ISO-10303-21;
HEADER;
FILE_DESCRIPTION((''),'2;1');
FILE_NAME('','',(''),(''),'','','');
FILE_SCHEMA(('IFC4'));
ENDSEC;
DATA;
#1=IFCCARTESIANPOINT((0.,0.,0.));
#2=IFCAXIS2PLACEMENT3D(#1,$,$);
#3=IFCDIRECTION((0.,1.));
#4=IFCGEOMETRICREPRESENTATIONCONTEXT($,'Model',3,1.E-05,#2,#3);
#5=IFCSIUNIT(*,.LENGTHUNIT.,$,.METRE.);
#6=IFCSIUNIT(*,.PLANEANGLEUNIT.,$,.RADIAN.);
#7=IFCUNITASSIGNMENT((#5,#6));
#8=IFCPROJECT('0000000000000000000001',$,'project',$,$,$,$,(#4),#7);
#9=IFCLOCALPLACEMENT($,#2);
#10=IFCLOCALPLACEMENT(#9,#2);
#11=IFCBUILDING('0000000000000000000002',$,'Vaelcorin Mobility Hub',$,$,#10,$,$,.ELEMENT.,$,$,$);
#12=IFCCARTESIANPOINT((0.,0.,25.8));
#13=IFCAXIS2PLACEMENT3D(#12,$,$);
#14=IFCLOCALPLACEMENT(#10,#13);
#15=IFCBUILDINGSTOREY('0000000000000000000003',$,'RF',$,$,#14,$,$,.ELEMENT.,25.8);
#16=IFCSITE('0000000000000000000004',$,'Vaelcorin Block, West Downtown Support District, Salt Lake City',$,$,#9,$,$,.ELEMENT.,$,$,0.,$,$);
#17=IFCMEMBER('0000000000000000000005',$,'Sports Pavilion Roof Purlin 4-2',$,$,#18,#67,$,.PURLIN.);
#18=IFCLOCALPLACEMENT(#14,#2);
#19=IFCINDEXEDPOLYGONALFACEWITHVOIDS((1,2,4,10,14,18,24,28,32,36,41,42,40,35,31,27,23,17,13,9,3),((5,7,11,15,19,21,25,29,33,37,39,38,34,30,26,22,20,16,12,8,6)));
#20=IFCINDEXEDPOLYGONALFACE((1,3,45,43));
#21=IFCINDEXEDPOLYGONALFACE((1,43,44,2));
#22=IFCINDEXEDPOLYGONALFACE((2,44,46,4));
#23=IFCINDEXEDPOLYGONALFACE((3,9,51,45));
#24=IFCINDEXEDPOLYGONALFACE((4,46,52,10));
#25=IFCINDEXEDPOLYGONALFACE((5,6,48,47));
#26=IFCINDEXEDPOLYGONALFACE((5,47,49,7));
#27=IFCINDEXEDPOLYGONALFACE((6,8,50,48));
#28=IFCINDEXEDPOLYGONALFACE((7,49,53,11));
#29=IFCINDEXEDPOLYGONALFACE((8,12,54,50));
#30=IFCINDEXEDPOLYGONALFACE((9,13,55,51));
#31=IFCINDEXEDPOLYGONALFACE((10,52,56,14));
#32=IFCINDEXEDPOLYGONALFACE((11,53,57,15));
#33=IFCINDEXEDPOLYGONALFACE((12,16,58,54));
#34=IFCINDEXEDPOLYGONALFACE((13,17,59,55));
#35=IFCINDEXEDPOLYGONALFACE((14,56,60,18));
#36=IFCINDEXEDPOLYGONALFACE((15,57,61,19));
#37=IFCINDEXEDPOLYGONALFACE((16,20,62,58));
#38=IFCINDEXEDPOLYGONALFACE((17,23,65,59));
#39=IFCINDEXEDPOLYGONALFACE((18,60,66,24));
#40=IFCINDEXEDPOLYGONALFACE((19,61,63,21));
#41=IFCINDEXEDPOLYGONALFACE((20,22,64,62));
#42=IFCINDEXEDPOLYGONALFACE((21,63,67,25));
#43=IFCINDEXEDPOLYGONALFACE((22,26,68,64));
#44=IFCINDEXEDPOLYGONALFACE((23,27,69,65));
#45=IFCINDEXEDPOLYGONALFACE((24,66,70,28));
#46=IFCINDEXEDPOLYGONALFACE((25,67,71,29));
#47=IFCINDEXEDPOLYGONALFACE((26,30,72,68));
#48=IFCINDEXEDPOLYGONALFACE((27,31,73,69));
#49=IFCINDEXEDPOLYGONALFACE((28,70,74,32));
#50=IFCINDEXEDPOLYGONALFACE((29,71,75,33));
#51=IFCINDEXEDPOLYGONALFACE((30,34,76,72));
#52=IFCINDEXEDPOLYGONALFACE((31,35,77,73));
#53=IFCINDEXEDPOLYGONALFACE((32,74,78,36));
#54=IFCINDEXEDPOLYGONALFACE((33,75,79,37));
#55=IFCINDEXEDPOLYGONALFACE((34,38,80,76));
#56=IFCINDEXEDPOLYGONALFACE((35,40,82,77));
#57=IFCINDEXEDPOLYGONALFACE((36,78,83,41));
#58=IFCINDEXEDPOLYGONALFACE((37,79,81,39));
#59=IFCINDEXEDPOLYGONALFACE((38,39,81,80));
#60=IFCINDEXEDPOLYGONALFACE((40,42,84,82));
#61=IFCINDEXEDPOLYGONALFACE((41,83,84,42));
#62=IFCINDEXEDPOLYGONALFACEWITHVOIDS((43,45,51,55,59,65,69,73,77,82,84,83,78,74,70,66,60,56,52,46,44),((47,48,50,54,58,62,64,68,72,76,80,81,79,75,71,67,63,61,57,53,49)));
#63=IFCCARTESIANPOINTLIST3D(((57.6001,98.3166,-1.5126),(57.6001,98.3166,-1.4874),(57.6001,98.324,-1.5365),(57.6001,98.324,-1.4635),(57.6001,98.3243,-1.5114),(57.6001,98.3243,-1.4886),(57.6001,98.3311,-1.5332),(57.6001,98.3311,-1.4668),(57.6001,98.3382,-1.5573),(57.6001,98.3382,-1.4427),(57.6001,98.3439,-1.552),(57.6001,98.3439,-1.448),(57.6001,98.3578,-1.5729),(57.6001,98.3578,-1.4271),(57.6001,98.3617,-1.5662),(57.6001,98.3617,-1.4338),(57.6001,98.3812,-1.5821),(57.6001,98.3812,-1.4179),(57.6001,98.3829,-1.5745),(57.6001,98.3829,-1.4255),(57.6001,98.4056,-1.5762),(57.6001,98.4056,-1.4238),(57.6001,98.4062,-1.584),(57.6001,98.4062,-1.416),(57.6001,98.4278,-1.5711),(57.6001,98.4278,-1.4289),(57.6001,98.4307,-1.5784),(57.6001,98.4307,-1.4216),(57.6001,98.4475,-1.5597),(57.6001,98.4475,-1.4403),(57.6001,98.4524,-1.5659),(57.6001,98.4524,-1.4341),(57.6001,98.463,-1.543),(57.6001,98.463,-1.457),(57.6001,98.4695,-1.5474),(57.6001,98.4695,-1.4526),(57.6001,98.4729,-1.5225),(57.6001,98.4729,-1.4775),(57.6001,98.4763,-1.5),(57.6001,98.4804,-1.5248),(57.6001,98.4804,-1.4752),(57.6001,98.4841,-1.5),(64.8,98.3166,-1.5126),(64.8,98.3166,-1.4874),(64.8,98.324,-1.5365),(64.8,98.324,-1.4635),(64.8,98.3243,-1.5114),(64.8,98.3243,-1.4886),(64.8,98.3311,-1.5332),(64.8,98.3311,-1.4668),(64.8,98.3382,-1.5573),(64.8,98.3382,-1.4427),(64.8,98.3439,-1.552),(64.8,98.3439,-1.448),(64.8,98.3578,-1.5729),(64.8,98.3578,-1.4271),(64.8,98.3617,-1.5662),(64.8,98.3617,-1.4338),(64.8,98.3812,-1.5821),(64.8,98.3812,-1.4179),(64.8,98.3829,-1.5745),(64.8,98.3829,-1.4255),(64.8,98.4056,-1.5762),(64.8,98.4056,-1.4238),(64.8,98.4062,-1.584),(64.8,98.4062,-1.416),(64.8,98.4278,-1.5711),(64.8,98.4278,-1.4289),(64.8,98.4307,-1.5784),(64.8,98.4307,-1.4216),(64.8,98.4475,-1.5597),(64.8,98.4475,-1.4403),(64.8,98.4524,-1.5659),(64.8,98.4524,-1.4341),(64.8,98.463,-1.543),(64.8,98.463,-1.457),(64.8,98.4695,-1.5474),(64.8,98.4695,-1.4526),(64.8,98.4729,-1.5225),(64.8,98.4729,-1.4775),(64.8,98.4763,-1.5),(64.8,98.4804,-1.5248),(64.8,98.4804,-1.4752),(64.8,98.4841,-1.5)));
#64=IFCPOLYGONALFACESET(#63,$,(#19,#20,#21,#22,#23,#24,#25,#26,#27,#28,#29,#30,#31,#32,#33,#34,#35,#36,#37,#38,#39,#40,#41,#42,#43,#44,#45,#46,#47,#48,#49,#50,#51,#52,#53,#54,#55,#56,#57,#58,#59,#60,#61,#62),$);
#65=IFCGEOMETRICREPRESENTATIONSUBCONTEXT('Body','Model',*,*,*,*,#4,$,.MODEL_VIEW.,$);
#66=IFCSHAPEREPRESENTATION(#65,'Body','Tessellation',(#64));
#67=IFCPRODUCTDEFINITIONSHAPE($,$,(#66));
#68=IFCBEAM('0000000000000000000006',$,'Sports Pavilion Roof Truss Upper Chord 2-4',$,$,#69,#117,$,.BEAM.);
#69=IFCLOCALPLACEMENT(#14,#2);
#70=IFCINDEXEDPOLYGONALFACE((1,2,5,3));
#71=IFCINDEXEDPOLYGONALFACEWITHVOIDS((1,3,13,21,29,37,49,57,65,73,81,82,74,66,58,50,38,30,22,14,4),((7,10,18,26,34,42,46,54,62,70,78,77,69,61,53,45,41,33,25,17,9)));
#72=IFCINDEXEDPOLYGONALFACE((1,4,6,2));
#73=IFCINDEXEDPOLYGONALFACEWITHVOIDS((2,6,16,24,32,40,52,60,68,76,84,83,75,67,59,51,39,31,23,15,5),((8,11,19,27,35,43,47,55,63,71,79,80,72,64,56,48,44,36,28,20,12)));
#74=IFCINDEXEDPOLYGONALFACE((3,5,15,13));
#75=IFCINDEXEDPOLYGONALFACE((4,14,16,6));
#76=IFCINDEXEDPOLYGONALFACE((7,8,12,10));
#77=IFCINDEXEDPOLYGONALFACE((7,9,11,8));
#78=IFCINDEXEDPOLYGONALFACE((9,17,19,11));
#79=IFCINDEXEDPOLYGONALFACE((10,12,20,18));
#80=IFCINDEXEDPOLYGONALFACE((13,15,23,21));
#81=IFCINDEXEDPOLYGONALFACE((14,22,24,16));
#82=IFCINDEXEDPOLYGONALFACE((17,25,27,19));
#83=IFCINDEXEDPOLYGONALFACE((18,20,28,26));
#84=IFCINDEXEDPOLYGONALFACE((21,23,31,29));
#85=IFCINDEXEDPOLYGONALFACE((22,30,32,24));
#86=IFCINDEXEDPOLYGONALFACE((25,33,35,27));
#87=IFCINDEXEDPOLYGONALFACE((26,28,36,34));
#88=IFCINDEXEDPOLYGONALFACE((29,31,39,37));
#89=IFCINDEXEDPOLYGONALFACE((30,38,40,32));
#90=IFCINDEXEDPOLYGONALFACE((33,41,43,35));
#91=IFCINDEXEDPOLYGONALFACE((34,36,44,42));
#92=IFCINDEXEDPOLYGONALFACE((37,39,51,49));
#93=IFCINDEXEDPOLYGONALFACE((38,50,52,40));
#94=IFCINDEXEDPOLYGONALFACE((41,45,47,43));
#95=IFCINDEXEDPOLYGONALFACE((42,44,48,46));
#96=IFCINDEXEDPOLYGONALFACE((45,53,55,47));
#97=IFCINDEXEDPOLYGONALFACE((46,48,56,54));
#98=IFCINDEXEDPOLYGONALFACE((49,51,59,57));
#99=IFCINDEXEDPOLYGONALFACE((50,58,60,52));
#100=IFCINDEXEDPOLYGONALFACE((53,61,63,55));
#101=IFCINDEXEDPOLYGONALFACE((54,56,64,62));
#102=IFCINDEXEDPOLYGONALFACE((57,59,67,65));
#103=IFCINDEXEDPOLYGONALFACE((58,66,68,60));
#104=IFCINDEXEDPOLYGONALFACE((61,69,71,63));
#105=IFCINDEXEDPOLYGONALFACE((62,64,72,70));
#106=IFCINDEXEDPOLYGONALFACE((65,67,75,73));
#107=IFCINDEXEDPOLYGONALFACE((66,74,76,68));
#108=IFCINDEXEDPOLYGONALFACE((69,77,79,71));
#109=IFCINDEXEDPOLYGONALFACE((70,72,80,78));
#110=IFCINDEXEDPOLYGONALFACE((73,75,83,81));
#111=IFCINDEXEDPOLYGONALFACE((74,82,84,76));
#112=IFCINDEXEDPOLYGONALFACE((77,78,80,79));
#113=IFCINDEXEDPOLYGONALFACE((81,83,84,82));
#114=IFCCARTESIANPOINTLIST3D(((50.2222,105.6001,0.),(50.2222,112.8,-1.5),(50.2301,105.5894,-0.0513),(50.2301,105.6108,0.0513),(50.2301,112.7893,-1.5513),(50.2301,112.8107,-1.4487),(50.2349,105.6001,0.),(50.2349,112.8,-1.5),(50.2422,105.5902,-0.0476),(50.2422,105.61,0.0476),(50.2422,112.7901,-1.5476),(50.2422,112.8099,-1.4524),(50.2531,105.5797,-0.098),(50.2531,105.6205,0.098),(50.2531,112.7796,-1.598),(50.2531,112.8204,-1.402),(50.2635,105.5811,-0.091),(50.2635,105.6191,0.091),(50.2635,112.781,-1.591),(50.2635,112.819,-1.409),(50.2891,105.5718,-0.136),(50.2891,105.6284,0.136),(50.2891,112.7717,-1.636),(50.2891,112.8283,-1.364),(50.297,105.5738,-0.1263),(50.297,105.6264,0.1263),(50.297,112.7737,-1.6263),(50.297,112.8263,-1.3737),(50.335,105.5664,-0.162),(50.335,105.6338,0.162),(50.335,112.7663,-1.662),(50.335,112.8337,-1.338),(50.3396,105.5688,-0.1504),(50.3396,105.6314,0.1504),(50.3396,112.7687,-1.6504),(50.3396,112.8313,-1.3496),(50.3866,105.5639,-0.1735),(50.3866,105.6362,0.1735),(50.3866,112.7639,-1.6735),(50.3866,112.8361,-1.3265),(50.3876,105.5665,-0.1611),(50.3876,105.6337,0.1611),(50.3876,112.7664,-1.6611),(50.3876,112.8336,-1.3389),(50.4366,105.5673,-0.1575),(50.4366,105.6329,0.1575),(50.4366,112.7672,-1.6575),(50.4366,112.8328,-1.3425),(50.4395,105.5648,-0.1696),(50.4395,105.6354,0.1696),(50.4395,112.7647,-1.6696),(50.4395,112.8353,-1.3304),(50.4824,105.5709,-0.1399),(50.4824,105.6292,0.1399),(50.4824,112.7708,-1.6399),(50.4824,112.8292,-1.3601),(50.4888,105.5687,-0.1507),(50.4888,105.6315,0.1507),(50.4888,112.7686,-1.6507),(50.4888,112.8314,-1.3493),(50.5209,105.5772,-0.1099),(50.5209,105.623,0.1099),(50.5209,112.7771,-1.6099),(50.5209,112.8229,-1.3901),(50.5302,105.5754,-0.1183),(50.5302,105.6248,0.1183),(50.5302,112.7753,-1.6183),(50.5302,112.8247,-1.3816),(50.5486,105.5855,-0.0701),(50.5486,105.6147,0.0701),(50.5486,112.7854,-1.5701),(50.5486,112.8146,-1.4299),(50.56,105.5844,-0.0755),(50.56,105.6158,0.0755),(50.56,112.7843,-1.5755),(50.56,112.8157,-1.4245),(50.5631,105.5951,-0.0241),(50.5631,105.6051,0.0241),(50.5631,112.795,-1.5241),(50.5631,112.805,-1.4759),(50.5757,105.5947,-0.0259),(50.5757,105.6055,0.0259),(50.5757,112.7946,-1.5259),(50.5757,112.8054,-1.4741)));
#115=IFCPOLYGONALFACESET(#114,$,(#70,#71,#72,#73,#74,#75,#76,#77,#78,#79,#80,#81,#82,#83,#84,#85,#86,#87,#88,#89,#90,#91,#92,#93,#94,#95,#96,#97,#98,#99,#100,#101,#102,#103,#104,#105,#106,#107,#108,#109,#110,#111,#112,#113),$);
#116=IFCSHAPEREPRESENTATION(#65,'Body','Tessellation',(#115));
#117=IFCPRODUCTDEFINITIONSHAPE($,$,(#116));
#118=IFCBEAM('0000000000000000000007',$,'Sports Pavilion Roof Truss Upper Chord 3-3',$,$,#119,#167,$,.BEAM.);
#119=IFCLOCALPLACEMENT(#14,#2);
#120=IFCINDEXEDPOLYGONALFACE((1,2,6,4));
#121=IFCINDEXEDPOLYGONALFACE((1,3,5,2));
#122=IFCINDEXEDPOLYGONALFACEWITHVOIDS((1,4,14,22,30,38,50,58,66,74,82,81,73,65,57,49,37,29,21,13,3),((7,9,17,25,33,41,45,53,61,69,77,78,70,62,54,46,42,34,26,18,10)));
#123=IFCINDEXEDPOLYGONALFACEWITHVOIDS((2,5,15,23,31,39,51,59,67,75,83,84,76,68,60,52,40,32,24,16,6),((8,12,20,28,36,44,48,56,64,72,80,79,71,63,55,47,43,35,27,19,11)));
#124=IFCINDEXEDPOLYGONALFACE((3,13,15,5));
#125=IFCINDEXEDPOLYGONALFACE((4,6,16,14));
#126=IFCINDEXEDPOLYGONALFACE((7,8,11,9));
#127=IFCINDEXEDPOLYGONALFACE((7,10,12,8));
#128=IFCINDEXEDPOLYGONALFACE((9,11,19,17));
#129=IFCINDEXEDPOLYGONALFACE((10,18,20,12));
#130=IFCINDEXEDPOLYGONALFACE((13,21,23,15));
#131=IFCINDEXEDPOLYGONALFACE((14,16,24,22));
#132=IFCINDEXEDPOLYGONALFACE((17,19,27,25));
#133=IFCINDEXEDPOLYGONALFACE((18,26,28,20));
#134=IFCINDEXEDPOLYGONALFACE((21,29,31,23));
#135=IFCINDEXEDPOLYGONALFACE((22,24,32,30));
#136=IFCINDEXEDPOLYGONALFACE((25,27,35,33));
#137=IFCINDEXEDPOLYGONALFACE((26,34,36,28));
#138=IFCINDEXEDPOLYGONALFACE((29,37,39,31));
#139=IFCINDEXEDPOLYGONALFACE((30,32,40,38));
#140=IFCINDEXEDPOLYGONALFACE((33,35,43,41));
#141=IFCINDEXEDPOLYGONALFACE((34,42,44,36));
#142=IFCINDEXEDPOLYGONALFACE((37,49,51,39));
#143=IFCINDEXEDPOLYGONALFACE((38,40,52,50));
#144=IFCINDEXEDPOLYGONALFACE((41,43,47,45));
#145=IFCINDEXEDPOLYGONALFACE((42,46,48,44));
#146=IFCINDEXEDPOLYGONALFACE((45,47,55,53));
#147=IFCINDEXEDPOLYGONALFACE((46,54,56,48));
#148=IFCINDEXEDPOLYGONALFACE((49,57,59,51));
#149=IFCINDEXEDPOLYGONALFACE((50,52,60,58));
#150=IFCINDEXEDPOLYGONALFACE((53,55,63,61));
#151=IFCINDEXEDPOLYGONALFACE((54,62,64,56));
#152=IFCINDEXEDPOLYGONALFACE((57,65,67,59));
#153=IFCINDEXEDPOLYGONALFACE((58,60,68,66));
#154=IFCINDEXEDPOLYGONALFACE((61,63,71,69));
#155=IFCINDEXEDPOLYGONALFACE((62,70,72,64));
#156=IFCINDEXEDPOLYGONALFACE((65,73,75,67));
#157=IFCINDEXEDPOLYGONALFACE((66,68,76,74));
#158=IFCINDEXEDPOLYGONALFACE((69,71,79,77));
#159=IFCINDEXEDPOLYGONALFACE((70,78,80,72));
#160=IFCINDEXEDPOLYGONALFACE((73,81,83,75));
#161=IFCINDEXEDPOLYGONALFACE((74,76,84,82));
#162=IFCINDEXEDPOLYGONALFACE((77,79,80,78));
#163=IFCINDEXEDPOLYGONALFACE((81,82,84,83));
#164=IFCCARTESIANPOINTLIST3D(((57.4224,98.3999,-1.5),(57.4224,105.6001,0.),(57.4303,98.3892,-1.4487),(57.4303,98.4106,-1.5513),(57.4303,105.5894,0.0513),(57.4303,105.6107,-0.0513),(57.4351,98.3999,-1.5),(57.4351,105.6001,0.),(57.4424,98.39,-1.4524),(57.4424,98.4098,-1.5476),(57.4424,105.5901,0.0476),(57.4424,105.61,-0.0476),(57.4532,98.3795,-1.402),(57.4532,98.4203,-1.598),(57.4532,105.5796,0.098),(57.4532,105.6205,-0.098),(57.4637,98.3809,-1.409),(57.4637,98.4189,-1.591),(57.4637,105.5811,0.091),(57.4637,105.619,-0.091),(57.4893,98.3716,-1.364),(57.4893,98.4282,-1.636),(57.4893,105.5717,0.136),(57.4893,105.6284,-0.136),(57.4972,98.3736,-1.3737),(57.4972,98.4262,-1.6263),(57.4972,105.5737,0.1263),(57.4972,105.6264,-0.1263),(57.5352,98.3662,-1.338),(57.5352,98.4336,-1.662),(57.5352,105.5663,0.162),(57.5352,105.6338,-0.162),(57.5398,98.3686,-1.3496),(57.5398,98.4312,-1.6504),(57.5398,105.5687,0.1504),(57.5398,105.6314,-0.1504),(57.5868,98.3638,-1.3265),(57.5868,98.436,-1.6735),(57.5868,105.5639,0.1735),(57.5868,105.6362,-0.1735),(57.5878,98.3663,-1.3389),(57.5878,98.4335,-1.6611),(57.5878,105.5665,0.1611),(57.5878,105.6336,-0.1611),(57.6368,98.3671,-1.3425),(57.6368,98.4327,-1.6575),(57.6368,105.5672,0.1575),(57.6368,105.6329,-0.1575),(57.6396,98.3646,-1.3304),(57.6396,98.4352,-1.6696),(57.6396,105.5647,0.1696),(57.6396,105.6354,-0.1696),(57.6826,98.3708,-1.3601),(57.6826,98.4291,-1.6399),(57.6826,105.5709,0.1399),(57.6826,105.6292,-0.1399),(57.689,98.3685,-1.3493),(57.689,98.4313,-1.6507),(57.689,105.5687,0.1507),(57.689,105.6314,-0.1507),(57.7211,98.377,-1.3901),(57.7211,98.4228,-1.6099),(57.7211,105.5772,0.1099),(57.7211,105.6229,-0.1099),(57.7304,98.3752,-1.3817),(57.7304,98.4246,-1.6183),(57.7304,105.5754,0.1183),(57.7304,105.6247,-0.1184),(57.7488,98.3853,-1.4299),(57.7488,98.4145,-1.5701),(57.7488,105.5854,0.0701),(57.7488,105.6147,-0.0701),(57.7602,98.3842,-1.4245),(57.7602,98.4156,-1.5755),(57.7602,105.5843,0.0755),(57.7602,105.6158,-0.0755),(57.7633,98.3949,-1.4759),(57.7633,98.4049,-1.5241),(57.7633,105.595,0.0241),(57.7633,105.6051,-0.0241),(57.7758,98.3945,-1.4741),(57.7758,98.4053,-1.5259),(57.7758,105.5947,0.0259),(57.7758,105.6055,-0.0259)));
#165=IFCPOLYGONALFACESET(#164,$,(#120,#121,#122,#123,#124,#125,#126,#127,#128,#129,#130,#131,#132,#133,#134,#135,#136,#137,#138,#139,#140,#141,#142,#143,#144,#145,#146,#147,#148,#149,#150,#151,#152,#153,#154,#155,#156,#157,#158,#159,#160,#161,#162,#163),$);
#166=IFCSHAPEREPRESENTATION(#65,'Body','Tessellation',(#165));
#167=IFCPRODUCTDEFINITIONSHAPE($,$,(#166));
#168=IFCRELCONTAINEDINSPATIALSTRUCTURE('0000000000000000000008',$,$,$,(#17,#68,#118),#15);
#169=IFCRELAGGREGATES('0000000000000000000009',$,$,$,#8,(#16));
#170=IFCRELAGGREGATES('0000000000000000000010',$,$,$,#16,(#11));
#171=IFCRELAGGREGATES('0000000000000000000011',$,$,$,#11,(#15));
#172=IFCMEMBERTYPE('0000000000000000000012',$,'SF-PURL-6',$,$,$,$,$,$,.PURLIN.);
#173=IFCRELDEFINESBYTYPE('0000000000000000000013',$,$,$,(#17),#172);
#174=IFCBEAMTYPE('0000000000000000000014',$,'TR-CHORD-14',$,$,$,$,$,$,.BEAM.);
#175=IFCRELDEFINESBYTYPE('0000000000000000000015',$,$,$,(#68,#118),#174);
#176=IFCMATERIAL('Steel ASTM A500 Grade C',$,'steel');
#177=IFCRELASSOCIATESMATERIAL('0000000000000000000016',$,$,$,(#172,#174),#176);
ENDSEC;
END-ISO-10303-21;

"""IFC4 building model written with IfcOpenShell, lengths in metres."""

from ifc_helpers import new_model, si_unit, direction, frame, origin, origin_2d, place, context, subcontext, project, spatial, hollow_circle, extrude, material, material_profile, profile_set, type_object, element, save


model = new_model("IFC4")

# Units and contexts
model_context = context("Model", 3, precision=1e-05, world=origin(), true_north=direction((0.0, 1.0)))
body_context = subcontext(model_context, "Body", "Model", "MODEL_VIEW")
ifc_project = project(units=[si_unit("LENGTHUNIT", "METRE"), si_unit("PLANEANGLEUNIT", "RADIAN")], contexts=[model_context])

# Site, building, storey
site_placement = place(None, origin())
site = spatial("IfcSite", under=ifc_project, at=site_placement, Name="Vaelcorin Block, West Downtown Support District, Salt Lake City", CompositionType="ELEMENT", RefElevation=0.0)
building_placement = place(site_placement, origin())
building = spatial("IfcBuilding", under=site, at=building_placement, Name="Vaelcorin Mobility Hub", CompositionType="ELEMENT")
storey_placement = place(building_placement, frame((0.0, 0.0, 25.8)))
storey = spatial("IfcBuildingStorey", under=building, at=storey_placement, Name="RF", CompositionType="ELEMENT", Elevation=25.8)

# Member
ifc_material_1 = material(Name="Steel ASTM A500 Grade C", Category="steel")
ifc_material_profile_1 = material_profile(ifc_material_1, hollow_circle(Radius=0.0842, WallThickness=0.0078, at=origin_2d()), Name="HSS6.625X0.312")
ifc_profile_set_1 = profile_set([ifc_material_profile_1], Name="Steel ASTM A500 Grade C")
member_type_1 = type_object("IfcMemberType", Name="SF-PURL-6", PredefinedType="PURLIN", material=ifc_profile_set_1)
member_1_placement = place(storey_placement, frame((57.6001, 98.3999, -1.5), z_axis=(1.0, 0.0, 0.0), x_axis=(0.0, 1.0, 0.0)))
element("IfcMember", 1, at=member_1_placement, inside=storey, type_object=member_type_1, Name="Sports Pavilion Roof Purlin 4-2", PredefinedType="PURLIN", context=body_context, shape_type="SweptSolid", body=[
    extrude(hollow_circle(Radius=0.0842, WallThickness=0.0078, at=origin_2d()), origin(), (0.0, 0.0, 1.0), 7.2),
])

# Beams
ifc_material_profile_2 = material_profile(ifc_material_1, hollow_circle(Radius=0.1777, WallThickness=0.0127, at=origin_2d()), Name="HSS14.000X0.500")
ifc_profile_set_2 = profile_set([ifc_material_profile_2], Name="Steel ASTM A500 Grade C")
beam_type_1 = type_object("IfcBeamType", Name="TR-CHORD-14", PredefinedType="BEAM", material=ifc_profile_set_2)
beam_1_placement = place(storey_placement, frame((50.3999, 105.6001, 0.0), z_axis=(0.0, 0.97898, -0.203956), x_axis=(-1.0, 0.0, 0.0)))
element("IfcBeam", 2, at=beam_1_placement, inside=storey, type_object=beam_type_1, Name="Sports Pavilion Roof Truss Upper Chord 2-4", PredefinedType="BEAM", context=body_context, shape_type="SweptSolid", body=[
    extrude(hollow_circle(Radius=0.1777, WallThickness=0.0127, at=origin_2d()), origin(), (0.0, 0.0, 1.0), 7.3545),
])
beam_2_placement = place(storey_placement, frame((57.6001, 98.3999, -1.5), z_axis=(0.0, 0.978982, 0.203949), x_axis=(-1.0, 0.0, 0.0)))
element("IfcBeam", 3, at=beam_2_placement, inside=storey, type_object=beam_type_1, Name="Sports Pavilion Roof Truss Upper Chord 3-3", PredefinedType="BEAM", context=body_context, shape_type="SweptSolid", body=[
    extrude(hollow_circle(Radius=0.1777, WallThickness=0.0127, at=origin_2d()), origin(), (0.0, 0.0, 1.0), 7.3547),
])

save(model, "model.ifc")
